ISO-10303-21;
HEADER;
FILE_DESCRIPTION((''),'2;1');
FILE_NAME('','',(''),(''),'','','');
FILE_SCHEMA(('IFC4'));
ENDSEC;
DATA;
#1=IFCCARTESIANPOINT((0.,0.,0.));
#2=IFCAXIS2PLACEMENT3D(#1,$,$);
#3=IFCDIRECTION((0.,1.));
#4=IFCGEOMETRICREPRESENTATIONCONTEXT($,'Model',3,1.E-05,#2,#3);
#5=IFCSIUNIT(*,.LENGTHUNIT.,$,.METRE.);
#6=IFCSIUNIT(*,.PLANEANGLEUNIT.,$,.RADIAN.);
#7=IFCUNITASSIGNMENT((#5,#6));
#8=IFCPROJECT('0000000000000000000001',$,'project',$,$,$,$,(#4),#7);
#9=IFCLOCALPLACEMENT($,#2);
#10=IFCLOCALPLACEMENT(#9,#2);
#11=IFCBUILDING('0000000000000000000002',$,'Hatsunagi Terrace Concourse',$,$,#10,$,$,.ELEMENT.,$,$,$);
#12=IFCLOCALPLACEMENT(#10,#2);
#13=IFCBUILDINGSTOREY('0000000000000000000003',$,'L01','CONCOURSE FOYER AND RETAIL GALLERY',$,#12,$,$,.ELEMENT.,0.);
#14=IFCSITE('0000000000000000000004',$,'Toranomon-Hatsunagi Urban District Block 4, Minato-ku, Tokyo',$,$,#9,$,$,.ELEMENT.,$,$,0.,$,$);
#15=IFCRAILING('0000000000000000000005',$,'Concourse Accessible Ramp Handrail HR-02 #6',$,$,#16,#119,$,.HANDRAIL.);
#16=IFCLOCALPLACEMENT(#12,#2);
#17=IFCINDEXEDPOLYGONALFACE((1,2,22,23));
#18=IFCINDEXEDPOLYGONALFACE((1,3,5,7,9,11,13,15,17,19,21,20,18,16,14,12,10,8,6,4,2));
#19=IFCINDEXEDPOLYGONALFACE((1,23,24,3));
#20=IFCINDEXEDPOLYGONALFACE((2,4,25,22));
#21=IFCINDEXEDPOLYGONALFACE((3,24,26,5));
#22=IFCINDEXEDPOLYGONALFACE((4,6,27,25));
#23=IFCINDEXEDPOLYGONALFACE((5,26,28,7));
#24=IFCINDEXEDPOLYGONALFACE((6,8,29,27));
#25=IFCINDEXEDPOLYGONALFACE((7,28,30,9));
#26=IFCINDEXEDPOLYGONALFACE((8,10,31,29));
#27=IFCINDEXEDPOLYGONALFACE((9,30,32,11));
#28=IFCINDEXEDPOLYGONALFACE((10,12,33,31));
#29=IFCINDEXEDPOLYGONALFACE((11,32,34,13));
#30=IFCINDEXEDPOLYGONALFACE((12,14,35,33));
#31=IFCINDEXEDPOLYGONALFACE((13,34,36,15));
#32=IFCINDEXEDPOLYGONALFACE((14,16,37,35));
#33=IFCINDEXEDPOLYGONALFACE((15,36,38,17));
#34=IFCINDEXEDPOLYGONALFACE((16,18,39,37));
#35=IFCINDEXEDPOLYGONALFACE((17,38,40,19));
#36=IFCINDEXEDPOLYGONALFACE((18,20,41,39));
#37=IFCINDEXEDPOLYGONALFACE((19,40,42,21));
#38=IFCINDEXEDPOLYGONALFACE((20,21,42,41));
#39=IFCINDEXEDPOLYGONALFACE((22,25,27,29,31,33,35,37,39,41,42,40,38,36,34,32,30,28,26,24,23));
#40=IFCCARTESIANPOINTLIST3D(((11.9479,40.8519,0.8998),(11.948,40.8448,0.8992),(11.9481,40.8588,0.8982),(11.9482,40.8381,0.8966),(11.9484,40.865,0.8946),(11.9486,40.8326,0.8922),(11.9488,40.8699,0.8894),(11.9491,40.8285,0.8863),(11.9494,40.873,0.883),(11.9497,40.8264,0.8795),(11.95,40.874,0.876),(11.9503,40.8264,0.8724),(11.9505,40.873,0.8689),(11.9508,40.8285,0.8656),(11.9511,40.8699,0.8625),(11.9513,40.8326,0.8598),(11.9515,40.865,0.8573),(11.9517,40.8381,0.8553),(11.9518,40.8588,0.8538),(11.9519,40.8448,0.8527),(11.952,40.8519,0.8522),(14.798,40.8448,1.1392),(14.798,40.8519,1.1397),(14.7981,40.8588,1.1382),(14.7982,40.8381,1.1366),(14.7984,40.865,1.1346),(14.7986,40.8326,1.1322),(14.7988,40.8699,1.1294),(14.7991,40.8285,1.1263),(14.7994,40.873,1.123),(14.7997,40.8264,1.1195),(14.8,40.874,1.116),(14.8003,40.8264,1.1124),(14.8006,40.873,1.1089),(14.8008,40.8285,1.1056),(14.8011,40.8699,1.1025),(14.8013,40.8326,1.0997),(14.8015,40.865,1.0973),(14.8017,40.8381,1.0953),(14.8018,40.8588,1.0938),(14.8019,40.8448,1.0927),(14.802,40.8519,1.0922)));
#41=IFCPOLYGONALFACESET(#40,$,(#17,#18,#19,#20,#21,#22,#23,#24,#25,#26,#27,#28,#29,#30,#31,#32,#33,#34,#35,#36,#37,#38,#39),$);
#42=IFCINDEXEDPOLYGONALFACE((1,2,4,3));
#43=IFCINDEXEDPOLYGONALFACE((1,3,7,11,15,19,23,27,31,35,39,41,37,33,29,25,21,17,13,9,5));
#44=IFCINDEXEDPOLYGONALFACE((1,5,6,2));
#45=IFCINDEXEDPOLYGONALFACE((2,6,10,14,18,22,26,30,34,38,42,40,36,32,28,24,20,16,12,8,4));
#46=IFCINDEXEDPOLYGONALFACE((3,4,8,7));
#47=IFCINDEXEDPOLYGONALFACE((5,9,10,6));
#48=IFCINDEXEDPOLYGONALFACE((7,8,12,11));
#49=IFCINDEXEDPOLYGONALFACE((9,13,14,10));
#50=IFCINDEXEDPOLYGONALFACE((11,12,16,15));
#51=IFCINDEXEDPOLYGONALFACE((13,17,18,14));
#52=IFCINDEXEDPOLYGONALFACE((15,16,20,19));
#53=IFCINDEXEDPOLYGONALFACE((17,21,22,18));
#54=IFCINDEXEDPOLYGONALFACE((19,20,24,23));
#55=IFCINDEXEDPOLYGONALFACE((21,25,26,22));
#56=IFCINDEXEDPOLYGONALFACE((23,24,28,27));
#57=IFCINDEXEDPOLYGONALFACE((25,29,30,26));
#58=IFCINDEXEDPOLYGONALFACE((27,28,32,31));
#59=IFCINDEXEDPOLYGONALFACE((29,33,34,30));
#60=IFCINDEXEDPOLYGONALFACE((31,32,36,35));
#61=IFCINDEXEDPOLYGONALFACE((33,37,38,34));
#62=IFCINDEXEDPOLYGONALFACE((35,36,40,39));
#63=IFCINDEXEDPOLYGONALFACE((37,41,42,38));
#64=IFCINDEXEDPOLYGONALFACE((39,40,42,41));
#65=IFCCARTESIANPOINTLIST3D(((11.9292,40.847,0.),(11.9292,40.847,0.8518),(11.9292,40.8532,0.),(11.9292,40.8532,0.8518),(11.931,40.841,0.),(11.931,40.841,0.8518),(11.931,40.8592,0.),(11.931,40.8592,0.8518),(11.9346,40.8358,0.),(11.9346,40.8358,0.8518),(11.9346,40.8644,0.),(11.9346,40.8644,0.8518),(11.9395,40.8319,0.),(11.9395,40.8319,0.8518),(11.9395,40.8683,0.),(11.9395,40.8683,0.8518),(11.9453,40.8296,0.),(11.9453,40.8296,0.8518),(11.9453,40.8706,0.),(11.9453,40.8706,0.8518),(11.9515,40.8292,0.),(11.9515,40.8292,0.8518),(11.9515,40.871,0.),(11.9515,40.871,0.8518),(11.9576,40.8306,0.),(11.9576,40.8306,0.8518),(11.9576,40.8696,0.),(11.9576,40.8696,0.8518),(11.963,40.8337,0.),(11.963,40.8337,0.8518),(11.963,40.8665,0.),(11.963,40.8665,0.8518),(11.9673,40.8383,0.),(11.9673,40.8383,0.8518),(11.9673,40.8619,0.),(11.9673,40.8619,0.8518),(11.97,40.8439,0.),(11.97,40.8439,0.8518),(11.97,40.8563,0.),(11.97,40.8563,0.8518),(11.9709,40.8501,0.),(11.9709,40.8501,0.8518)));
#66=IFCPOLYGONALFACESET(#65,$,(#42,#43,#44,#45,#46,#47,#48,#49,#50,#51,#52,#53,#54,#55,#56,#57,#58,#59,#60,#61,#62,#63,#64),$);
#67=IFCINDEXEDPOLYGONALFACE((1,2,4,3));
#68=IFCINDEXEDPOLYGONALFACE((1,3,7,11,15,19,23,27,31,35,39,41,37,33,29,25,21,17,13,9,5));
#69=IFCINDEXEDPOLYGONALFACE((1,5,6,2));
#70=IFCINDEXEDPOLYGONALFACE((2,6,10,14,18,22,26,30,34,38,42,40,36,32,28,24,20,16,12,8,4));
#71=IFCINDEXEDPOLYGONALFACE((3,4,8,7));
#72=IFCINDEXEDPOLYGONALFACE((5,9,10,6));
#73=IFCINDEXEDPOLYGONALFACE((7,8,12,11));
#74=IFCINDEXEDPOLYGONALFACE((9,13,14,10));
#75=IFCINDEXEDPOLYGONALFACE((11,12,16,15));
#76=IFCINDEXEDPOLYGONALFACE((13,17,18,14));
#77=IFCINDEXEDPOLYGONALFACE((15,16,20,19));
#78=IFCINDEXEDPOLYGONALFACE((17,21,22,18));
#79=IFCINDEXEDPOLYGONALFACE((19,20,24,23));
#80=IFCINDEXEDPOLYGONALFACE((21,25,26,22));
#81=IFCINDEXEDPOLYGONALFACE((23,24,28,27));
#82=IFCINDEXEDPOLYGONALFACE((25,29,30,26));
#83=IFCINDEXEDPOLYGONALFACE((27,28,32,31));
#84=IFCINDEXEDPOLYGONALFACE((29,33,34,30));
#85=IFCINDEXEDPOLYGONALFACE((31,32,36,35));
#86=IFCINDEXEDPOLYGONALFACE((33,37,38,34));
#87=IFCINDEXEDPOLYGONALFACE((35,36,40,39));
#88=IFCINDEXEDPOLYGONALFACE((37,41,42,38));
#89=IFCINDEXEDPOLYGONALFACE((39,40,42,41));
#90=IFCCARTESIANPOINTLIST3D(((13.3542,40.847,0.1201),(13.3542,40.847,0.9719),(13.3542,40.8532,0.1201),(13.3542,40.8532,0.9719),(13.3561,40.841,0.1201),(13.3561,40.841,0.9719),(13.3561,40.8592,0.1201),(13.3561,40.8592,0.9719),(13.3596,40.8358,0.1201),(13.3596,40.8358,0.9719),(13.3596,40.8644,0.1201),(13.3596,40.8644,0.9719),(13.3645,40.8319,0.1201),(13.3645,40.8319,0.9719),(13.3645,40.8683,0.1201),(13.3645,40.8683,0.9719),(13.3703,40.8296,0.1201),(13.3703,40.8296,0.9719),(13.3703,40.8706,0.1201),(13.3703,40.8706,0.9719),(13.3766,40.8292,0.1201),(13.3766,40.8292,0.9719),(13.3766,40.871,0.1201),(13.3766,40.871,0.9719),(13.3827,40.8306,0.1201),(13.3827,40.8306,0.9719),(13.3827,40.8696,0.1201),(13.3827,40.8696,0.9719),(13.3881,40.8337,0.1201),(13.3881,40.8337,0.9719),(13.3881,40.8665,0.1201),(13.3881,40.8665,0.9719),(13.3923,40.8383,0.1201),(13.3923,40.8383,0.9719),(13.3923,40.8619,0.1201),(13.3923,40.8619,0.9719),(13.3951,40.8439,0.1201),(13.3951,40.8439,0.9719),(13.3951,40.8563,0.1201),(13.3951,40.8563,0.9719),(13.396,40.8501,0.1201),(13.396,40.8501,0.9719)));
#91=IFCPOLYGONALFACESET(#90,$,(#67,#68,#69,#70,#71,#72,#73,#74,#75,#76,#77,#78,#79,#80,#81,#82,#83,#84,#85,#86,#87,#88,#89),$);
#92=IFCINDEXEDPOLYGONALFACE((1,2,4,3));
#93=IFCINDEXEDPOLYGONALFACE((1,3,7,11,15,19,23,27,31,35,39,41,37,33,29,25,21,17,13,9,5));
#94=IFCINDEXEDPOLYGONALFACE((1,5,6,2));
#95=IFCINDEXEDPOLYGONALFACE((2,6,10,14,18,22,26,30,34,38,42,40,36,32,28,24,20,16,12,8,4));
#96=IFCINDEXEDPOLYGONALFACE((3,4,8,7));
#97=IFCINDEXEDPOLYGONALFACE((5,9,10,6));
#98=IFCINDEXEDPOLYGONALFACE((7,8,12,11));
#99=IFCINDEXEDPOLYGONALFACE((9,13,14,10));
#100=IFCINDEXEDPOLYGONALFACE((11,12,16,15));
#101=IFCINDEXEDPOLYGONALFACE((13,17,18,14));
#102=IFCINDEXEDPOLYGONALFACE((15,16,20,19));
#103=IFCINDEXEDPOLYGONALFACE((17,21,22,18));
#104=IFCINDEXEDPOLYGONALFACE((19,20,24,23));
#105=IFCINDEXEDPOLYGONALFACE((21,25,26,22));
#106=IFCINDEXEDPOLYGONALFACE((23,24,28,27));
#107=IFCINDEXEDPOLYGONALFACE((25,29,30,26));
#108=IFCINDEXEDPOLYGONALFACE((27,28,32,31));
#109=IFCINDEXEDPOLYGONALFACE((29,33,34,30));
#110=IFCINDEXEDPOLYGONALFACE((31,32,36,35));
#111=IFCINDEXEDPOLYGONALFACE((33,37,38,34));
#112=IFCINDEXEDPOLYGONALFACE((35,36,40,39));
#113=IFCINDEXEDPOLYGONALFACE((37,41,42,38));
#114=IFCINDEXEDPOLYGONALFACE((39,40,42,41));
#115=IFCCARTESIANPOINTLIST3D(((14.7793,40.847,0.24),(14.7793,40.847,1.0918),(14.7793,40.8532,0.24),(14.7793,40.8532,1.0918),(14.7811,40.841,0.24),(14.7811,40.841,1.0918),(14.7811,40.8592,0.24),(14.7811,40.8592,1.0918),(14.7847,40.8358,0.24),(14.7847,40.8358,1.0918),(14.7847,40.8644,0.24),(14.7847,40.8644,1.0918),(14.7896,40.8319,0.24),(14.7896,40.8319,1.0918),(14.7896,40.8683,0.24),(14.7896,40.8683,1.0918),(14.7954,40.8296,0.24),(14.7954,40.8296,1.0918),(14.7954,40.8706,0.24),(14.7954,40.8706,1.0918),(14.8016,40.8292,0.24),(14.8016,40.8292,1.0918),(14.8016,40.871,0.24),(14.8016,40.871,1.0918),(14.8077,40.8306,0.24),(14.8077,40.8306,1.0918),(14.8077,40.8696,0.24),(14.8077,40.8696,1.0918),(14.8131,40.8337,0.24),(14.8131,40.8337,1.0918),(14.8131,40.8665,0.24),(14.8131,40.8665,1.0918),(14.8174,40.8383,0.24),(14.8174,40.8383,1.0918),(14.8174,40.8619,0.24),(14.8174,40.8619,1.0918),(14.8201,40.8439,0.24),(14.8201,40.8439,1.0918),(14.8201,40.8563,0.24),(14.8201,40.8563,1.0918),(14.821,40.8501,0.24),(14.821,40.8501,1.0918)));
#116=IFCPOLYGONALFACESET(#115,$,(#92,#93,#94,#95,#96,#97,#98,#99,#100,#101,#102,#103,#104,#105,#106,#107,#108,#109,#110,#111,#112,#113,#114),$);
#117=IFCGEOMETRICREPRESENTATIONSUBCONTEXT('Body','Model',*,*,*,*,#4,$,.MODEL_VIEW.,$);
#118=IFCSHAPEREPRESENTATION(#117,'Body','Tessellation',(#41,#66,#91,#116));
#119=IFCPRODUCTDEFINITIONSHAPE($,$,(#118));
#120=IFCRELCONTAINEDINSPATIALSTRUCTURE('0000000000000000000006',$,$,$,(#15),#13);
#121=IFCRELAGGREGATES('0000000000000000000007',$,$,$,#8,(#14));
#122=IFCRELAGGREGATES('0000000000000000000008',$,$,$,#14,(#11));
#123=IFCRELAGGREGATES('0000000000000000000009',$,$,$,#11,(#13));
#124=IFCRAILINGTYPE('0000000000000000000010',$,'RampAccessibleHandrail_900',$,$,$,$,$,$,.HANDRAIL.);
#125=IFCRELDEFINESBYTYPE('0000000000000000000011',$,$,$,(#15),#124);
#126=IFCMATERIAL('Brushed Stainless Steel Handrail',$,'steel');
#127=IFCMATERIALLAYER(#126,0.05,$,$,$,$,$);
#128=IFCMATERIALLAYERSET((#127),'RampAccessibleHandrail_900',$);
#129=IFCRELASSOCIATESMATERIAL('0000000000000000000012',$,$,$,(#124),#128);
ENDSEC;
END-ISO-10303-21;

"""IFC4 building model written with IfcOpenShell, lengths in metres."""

from ifc_helpers import new_model, si_unit, direction, frame, origin, origin_2d, place, context, subcontext, project, spatial, circle, extrude, material, layer, layer_set, type_object, element, save


model = new_model("IFC4")

# Units and contexts
model_context = context("Model", 3, precision=1e-05, world=origin(), true_north=direction((0.0, 1.0)))
body_context = subcontext(model_context, "Body", "Model", "MODEL_VIEW")
ifc_project = project(units=[si_unit("LENGTHUNIT", "METRE"), si_unit("PLANEANGLEUNIT", "RADIAN")], contexts=[model_context])

# Site, building, storey
site_placement = place(None, origin())
site = spatial("IfcSite", under=ifc_project, at=site_placement, Name="Toranomon-Hatsunagi Urban District Block 4, Minato-ku, Tokyo", CompositionType="ELEMENT", RefElevation=0.0)
building_placement = place(site_placement, origin())
building = spatial("IfcBuilding", under=site, at=building_placement, Name="Hatsunagi Terrace Concourse", CompositionType="ELEMENT")
storey_placement = place(building_placement, origin())
storey = spatial("IfcBuildingStorey", under=building, at=storey_placement, Name="L01", Description="CONCOURSE FOYER AND RETAIL GALLERY", CompositionType="ELEMENT", Elevation=0.0)

# Railing
ifc_material_1 = material(Name="Brushed Stainless Steel Handrail", Category="steel")
ifc_layer_1 = layer(ifc_material_1, 0.05)
ifc_layer_set_1 = layer_set([ifc_layer_1], Name="RampAccessibleHandrail_900")
railing_type_1 = type_object("IfcRailingType", Name="RampAccessibleHandrail_900", PredefinedType="HANDRAIL", material=ifc_layer_set_1)
for number, where, name in (
    (1, (11.95, 40.8501, 0.0), "Concourse Accessible Ramp Handrail HR-02 #6"),
):
    element("IfcRailing", number, at=place(storey_placement, frame(where)), inside=storey, type_object=railing_type_1, Name=name, PredefinedType="HANDRAIL", context=body_context, shape_type="SweptSolid", body=[
        extrude(circle(Radius=0.0239, at=origin_2d()), frame((0.0, 0.0, 0.876), z_axis=(0.996474, 0.0, 0.083907), x_axis=(0.0, 1.0, 0.0)), (0.0, 0.0, 1.0), 2.8601),
        extrude(circle(Radius=0.021, at=origin_2d()), origin(), (0.0, 0.0, 1.0), 0.8518),
        extrude(circle(Radius=0.021, at=origin_2d()), frame((1.425, 0.0, 0.1201)), (0.0, 0.0, 1.0), 0.8518),
        extrude(circle(Radius=0.021, at=origin_2d()), frame((2.8501, 0.0, 0.24)), (0.0, 0.0, 1.0), 0.8518),
    ])

save(model, "model.ifc")
